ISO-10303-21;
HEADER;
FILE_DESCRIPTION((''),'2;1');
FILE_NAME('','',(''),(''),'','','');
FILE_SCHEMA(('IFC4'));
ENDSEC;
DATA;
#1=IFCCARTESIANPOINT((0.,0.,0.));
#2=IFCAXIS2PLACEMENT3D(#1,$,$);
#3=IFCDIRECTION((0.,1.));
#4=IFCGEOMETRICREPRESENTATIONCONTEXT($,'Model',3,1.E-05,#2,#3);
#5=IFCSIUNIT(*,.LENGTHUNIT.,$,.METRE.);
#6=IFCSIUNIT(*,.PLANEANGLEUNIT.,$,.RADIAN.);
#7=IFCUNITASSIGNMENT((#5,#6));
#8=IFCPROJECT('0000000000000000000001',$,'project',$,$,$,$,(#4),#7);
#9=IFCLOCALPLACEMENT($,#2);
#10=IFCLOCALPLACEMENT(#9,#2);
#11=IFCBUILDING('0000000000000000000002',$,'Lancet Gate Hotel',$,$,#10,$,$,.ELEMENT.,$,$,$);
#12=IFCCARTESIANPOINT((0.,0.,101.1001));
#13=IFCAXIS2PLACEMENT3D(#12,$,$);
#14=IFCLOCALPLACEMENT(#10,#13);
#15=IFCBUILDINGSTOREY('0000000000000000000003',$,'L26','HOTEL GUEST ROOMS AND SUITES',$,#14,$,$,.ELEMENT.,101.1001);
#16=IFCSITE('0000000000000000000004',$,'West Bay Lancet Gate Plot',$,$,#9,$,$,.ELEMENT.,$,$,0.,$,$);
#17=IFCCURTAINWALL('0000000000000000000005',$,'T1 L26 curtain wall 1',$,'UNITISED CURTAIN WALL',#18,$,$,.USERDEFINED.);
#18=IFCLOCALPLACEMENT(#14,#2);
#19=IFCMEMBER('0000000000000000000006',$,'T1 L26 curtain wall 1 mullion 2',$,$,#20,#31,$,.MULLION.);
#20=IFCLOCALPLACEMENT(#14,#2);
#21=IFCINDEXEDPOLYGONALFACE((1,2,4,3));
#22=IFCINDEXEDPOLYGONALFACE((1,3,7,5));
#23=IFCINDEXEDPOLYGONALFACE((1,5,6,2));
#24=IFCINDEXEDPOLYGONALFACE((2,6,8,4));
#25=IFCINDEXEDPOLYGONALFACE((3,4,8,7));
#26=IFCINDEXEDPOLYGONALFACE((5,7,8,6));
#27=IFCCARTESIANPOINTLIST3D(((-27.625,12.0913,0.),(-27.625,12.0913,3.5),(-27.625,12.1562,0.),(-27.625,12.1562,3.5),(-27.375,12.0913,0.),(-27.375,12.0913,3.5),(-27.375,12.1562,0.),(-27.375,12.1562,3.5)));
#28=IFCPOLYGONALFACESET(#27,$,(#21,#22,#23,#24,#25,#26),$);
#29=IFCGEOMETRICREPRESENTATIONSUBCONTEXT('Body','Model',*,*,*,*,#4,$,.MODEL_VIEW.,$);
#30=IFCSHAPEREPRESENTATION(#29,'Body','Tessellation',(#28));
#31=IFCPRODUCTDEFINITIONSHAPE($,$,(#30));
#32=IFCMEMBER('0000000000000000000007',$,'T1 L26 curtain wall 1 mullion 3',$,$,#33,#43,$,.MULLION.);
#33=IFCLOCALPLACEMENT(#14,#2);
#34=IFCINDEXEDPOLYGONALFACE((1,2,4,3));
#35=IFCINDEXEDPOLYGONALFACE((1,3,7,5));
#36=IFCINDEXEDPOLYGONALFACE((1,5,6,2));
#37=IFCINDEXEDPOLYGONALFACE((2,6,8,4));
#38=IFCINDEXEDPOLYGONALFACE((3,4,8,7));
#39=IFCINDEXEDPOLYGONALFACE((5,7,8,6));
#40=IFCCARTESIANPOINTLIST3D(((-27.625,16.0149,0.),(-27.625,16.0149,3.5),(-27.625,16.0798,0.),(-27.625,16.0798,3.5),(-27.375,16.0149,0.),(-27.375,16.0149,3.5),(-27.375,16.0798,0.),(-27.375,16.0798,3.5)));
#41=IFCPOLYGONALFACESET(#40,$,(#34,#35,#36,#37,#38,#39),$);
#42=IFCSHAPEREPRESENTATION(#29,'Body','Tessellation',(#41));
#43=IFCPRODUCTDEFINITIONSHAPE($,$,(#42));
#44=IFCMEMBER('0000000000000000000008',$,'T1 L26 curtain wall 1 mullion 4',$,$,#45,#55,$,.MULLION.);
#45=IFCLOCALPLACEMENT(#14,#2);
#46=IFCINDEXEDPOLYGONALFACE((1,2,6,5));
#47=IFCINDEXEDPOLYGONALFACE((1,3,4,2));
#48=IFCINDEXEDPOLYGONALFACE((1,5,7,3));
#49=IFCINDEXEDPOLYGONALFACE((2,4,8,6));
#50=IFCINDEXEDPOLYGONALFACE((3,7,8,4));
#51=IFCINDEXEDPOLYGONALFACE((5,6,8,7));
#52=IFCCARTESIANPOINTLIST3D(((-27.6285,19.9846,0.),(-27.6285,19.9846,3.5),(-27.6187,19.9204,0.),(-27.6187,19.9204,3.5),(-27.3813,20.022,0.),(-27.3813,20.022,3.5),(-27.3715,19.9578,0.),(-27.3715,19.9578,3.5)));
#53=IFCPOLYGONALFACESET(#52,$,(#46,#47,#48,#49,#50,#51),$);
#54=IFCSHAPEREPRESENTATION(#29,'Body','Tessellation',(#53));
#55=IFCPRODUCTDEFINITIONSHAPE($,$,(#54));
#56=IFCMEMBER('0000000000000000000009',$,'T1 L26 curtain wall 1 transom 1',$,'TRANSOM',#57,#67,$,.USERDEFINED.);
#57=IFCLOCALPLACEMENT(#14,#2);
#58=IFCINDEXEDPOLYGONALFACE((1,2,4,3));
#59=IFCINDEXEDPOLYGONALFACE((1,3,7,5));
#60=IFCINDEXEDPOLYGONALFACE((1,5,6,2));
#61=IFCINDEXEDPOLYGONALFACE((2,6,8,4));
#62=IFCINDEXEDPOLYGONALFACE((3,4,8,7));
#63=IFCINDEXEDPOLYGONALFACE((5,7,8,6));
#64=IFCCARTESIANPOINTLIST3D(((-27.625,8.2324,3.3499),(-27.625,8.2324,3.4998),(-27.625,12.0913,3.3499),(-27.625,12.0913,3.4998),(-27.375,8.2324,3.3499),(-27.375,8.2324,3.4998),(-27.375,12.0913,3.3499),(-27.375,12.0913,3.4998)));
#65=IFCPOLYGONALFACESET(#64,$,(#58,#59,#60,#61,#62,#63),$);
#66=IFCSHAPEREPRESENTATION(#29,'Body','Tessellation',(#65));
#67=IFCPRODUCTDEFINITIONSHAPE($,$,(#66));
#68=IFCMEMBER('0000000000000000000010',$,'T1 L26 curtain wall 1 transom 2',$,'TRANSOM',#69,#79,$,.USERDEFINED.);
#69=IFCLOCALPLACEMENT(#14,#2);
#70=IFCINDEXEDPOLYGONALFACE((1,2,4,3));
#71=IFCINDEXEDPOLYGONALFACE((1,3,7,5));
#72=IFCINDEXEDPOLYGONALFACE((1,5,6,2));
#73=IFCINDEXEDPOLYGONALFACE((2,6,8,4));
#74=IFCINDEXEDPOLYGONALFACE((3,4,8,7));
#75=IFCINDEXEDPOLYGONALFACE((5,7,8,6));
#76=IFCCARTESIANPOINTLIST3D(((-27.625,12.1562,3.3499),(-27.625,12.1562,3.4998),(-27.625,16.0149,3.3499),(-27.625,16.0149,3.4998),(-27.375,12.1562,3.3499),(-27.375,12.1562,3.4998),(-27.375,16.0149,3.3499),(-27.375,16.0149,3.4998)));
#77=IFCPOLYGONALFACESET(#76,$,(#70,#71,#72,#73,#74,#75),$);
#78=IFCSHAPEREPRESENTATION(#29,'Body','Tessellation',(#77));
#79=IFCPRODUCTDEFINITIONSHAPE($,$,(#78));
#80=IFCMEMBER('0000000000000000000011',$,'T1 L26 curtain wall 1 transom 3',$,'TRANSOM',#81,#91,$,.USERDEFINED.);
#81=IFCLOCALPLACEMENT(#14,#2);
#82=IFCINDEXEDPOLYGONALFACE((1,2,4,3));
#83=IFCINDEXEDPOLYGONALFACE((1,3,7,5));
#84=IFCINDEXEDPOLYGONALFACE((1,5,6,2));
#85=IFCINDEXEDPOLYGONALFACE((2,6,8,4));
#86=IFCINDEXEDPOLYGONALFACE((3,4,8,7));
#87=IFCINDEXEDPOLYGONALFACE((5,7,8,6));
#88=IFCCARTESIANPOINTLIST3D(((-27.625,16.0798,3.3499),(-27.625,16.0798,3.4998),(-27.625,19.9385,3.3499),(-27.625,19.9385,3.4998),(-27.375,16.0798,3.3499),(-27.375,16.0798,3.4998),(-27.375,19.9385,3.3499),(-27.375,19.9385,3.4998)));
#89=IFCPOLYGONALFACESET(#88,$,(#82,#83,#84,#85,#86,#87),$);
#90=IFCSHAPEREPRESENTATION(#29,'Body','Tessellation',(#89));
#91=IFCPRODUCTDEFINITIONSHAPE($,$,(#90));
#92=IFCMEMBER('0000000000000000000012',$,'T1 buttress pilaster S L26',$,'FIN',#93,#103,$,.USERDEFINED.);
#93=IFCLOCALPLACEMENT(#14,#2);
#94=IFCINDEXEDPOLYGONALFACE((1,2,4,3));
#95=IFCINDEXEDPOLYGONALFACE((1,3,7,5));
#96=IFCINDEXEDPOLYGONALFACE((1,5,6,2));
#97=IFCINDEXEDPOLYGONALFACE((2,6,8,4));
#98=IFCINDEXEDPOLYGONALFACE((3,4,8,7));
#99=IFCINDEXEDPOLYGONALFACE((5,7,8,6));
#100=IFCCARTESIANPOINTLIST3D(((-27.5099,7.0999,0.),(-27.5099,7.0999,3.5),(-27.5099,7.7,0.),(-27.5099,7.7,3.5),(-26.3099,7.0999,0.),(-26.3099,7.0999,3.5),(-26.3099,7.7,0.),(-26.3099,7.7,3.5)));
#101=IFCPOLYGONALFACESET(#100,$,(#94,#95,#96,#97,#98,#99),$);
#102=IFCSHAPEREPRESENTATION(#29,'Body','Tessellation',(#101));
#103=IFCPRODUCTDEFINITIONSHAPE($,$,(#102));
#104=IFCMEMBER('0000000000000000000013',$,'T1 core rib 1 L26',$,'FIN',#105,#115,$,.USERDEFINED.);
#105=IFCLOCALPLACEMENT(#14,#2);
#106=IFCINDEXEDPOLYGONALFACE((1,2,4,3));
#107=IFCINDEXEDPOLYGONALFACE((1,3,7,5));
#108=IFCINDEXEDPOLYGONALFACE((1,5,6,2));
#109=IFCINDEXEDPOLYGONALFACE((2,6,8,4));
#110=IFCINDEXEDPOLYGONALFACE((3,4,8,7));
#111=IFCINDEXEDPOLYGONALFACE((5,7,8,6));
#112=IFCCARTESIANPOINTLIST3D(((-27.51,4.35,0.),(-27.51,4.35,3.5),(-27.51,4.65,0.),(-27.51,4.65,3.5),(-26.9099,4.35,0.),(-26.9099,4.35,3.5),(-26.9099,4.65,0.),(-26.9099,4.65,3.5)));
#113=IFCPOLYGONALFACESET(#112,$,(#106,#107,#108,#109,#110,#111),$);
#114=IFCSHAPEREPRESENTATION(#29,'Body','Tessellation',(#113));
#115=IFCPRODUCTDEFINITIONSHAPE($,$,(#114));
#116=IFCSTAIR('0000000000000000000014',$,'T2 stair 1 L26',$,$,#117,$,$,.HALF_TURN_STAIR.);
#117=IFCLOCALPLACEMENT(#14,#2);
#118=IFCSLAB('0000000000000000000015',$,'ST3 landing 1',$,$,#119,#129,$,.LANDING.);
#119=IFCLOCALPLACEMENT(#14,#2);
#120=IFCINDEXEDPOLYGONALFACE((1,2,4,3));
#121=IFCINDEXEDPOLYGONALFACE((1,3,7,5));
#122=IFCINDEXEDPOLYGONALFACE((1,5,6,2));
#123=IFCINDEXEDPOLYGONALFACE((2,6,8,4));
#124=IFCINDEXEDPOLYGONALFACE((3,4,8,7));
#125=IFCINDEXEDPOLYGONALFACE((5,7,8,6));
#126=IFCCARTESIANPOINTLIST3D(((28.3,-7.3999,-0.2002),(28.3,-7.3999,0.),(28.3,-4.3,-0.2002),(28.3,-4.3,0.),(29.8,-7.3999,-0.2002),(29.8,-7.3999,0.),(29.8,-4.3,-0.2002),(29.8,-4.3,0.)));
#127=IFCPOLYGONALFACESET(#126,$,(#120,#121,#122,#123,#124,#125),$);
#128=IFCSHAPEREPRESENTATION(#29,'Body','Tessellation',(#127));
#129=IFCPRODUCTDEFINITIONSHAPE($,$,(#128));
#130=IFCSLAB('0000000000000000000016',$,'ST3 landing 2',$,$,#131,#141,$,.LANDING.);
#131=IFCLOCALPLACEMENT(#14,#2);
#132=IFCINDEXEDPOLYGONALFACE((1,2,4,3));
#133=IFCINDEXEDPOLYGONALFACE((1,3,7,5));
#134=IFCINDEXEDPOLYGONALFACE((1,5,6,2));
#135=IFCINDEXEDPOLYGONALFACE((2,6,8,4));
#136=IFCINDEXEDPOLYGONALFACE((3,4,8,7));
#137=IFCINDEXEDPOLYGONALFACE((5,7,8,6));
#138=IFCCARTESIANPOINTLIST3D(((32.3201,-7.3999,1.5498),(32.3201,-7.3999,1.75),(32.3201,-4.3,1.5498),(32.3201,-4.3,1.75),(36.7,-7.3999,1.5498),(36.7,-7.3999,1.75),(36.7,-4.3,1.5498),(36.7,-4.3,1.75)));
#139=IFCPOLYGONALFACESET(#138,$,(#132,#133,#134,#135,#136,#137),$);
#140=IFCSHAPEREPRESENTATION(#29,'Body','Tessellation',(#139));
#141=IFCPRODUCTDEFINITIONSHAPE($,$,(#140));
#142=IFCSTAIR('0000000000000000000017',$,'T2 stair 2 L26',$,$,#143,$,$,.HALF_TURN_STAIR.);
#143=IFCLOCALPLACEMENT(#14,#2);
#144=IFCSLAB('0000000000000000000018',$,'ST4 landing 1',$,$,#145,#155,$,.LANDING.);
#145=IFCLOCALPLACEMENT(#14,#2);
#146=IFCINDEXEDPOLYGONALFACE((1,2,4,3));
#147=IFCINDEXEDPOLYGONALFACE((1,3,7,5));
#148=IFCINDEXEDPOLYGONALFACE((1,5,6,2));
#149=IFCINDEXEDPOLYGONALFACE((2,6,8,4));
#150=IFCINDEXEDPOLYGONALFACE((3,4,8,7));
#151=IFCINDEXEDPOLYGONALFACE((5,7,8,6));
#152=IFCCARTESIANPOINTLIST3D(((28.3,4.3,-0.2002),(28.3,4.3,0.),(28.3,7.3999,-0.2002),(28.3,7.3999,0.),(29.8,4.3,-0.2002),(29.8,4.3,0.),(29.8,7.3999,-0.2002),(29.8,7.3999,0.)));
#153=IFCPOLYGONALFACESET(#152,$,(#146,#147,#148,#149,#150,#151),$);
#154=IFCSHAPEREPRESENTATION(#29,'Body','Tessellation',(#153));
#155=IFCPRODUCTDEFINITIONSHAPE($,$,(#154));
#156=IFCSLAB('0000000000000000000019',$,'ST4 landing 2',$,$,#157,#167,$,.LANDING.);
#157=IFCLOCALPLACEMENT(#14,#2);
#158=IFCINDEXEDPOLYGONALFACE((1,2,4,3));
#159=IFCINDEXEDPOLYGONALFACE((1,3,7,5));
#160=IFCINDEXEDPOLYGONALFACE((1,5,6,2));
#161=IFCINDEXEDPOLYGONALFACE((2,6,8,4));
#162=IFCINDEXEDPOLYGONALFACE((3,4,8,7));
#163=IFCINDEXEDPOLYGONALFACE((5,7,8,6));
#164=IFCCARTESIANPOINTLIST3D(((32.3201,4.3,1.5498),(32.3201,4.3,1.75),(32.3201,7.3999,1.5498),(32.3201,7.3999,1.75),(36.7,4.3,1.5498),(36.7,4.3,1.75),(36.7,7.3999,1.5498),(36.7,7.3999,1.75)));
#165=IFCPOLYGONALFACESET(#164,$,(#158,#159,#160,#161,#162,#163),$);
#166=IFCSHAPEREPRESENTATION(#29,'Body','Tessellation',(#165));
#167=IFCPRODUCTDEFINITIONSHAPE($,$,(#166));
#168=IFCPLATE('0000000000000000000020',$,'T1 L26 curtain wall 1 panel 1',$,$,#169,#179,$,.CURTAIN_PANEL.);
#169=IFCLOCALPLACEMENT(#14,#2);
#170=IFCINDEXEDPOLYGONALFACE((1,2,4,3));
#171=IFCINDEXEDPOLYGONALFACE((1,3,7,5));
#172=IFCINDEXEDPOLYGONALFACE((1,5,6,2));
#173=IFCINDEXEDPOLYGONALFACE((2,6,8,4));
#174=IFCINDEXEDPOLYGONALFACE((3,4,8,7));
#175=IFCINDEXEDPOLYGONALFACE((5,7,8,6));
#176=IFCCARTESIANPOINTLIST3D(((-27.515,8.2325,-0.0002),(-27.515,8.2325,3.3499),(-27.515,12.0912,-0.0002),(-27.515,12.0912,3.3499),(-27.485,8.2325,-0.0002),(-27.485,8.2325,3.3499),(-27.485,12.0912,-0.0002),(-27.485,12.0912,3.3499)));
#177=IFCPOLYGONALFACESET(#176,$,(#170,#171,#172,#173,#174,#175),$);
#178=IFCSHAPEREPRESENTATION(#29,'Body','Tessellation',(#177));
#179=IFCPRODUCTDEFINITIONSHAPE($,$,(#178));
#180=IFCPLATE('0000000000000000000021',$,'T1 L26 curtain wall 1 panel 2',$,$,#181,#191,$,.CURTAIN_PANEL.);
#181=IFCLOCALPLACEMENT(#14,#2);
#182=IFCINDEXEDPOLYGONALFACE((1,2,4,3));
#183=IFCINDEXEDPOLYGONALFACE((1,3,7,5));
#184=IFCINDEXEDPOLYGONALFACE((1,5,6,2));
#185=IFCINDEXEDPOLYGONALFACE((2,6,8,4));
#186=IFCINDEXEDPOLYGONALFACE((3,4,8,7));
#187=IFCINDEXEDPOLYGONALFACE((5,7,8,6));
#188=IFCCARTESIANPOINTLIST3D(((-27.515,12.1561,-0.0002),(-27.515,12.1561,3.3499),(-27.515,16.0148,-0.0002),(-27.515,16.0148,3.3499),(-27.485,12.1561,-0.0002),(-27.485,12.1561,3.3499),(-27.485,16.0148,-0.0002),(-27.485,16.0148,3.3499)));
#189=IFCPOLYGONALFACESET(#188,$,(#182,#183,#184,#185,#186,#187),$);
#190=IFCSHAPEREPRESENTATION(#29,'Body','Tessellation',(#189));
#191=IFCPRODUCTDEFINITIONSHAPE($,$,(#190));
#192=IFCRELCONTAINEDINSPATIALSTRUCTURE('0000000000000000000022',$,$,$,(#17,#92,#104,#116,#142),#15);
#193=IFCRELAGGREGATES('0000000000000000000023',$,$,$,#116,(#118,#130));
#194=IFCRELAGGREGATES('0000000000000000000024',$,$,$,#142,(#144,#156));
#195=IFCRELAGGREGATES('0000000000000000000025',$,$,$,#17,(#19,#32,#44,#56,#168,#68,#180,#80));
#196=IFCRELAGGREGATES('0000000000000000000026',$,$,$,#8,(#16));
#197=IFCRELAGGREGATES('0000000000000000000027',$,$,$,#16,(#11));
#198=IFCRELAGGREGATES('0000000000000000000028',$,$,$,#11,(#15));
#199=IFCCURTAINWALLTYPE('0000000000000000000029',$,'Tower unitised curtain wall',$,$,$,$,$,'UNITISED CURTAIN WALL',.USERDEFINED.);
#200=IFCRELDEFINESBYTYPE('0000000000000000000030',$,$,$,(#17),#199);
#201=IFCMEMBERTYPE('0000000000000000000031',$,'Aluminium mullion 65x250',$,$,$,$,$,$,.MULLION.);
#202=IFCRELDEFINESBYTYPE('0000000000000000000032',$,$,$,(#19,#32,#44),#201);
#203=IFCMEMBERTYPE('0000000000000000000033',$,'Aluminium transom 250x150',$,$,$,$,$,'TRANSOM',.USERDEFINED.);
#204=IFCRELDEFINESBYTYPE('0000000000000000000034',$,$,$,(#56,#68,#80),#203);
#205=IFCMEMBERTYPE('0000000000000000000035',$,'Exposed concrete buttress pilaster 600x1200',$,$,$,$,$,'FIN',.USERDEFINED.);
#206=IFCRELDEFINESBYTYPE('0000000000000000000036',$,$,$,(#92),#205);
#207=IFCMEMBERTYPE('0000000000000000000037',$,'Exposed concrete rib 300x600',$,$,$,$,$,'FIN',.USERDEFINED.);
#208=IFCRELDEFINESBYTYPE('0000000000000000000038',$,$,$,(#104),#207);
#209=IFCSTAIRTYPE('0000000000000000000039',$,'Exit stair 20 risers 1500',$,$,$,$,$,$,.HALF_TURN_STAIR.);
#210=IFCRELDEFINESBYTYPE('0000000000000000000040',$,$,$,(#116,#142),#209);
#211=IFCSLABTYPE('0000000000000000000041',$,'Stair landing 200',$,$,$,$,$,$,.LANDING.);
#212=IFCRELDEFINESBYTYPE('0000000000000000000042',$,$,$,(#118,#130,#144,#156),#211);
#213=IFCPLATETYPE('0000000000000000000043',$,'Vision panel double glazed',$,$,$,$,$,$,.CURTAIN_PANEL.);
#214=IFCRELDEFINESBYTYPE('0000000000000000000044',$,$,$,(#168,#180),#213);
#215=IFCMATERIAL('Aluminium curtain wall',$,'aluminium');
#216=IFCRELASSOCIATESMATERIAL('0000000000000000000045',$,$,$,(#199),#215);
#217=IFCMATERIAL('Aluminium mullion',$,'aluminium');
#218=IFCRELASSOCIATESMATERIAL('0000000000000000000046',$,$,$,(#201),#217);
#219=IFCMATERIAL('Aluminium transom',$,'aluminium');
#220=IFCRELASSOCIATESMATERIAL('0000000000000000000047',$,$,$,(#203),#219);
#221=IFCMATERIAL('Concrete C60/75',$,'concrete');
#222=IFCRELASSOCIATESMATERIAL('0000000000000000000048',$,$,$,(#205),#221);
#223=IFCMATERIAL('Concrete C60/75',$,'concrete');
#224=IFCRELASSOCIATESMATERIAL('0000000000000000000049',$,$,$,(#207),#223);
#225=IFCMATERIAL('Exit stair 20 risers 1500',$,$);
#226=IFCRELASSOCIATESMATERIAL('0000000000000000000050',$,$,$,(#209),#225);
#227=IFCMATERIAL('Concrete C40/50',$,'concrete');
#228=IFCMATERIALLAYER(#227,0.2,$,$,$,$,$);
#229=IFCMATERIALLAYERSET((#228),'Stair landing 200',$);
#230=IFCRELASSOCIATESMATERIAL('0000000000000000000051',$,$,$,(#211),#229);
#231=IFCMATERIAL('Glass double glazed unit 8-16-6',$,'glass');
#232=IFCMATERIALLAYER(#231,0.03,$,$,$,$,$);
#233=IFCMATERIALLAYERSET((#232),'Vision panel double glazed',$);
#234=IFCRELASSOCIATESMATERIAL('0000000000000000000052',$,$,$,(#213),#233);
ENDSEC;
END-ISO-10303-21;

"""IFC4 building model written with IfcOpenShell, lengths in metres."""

from ifc_helpers import new_model, si_unit, direction, frame, origin, origin_2d, place, context, subcontext, project, spatial, polyline, rectangle, outline, extrude, material, layer, layer_set, material_profile, profile_set, type_object, element, aggregate, save


model = new_model("IFC4")

# Units and contexts
model_context = context("Model", 3, precision=1e-05, world=origin(), true_north=direction((0.0, 1.0)))
body_context = subcontext(model_context, "Body", "Model", "MODEL_VIEW")
ifc_project = project(units=[si_unit("LENGTHUNIT", "METRE"), si_unit("PLANEANGLEUNIT", "RADIAN")], contexts=[model_context])

# Site, building, storey
site_placement = place(None, origin())
site = spatial("IfcSite", under=ifc_project, at=site_placement, Name="West Bay Lancet Gate Plot", CompositionType="ELEMENT", RefElevation=0.0)
building_placement = place(site_placement, origin())
building = spatial("IfcBuilding", under=site, at=building_placement, Name="Lancet Gate Hotel", CompositionType="ELEMENT")
storey_placement = place(building_placement, frame((0.0, 0.0, 101.1001)))
storey = spatial("IfcBuildingStorey", under=building, at=storey_placement, Name="L26", Description="HOTEL GUEST ROOMS AND SUITES", CompositionType="ELEMENT", Elevation=101.1001)

# Curtain wall, members
ifc_material_1 = material(Name="Aluminium curtain wall", Category="aluminium")
curtain_wall_type = type_object("IfcCurtainWallType", Name="Tower unitised curtain wall", ElementType="UNITISED CURTAIN WALL", PredefinedType="USERDEFINED", material=ifc_material_1)
curtain_wall_placement = place(storey_placement, origin())
curtain_wall = element("IfcCurtainWall", 1, at=curtain_wall_placement, inside=storey, type_object=curtain_wall_type, Name="T1 L26 curtain wall 1", ObjectType="UNITISED CURTAIN WALL", PredefinedType="USERDEFINED")
ifc_material_2 = material(Name="Aluminium mullion", Category="aluminium")
ifc_material_profile_1 = material_profile(ifc_material_2, rectangle(XDim=0.0649, YDim=0.25, at=origin_2d()), Name="MULLION 65x250")
ifc_profile_set_1 = profile_set([ifc_material_profile_1], Name="Aluminium mullion")
member_type_1 = type_object("IfcMemberType", Name="Aluminium mullion 65x250", PredefinedType="MULLION", material=ifc_profile_set_1)
member_1_placement = place(storey_placement, frame((-27.5, 12.1238, 0.0), z_axis=(0.0, 0.0, 1.0), x_axis=(0.0, 1.0, 0.0)))
member_1 = element("IfcMember", 2, at=member_1_placement, type_object=member_type_1, Name="T1 L26 curtain wall 1 mullion 2", PredefinedType="MULLION", context=body_context, shape_type="SweptSolid", body=[
    extrude(rectangle(XDim=0.0649, YDim=0.25, at=origin_2d()), origin(), (0.0, 0.0, 1.0), 3.5),
])
member_2_placement = place(storey_placement, frame((-27.5, 16.0474, 0.0), z_axis=(0.0, 0.0, 1.0), x_axis=(0.0, 1.0, 0.0)))
member_2 = element("IfcMember", 3, at=member_2_placement, type_object=member_type_1, Name="T1 L26 curtain wall 1 mullion 3", PredefinedType="MULLION", context=body_context, shape_type="SweptSolid", body=[
    extrude(rectangle(XDim=0.0649, YDim=0.25, at=origin_2d()), origin(), (0.0, 0.0, 1.0), 3.5),
])
member_3_placement = place(storey_placement, frame((-27.5, 19.9712, 0.0), z_axis=(0.0, 0.0, 1.0), x_axis=(-0.149634, 0.988741, 0.0)))
member_3 = element("IfcMember", 4, at=member_3_placement, type_object=member_type_1, Name="T1 L26 curtain wall 1 mullion 4", PredefinedType="MULLION", context=body_context, shape_type="SweptSolid", body=[
    extrude(rectangle(XDim=0.0649, YDim=0.25, at=origin_2d()), origin(), (0.0, 0.0, 1.0), 3.5),
])
ifc_material_3 = material(Name="Aluminium transom", Category="aluminium")
ifc_material_profile_2 = material_profile(ifc_material_3, rectangle(XDim=0.25, YDim=0.1499, at=origin_2d()), Name="TRANSOM 250x150")
ifc_profile_set_2 = profile_set([ifc_material_profile_2], Name="Aluminium transom")
member_type_2 = type_object("IfcMemberType", Name="Aluminium transom 250x150", ElementType="TRANSOM", PredefinedType="USERDEFINED", material=ifc_profile_set_2)
member_4_placement = place(storey_placement, frame((-27.5, 8.2324, 3.4248), z_axis=(0.0, 1.0, 0.0), x_axis=(-1.0, 0.0, 0.0)))
member_4 = element("IfcMember", 5, at=member_4_placement, type_object=member_type_2, Name="T1 L26 curtain wall 1 transom 1", ObjectType="TRANSOM", PredefinedType="USERDEFINED", context=body_context, shape_type="SweptSolid", body=[
    extrude(rectangle(XDim=0.25, YDim=0.1499, at=origin_2d()), origin(), (0.0, 0.0, 1.0), 3.8589),
])
member_5_placement = place(storey_placement, frame((-27.5, 12.1562, 3.4248), z_axis=(0.0, 1.0, 0.0), x_axis=(-1.0, 0.0, 0.0)))
member_5 = element("IfcMember", 6, at=member_5_placement, type_object=member_type_2, Name="T1 L26 curtain wall 1 transom 2", ObjectType="TRANSOM", PredefinedType="USERDEFINED", context=body_context, shape_type="SweptSolid", body=[
    extrude(rectangle(XDim=0.25, YDim=0.1499, at=origin_2d()), origin(), (0.0, 0.0, 1.0), 3.8586),
])
member_6_placement = place(storey_placement, frame((-27.5, 16.0798, 3.4248), z_axis=(0.0, 1.0, 0.0), x_axis=(-1.0, 0.0, 0.0)))
member_6 = element("IfcMember", 7, at=member_6_placement, type_object=member_type_2, Name="T1 L26 curtain wall 1 transom 3", ObjectType="TRANSOM", PredefinedType="USERDEFINED", context=body_context, shape_type="SweptSolid", body=[
    extrude(rectangle(XDim=0.25, YDim=0.1499, at=origin_2d()), origin(), (0.0, 0.0, 1.0), 3.8586),
])

# Members
ifc_material_4 = material(Name="Concrete C60/75", Category="concrete")
ifc_material_profile_3 = material_profile(ifc_material_4, rectangle(XDim=0.6001, YDim=1.2, at=origin_2d()), Name="FIN 600x1200")
ifc_profile_set_3 = profile_set([ifc_material_profile_3], Name="Concrete C60/75")
member_type_3 = type_object("IfcMemberType", Name="Exposed concrete buttress pilaster 600x1200", ElementType="FIN", PredefinedType="USERDEFINED", material=ifc_profile_set_3)
member_7_placement = place(storey_placement, frame((-26.9099, 7.3999, 0.0), z_axis=(0.0, 0.0, 1.0), x_axis=(0.0, 1.0, 0.0)))
element("IfcMember", 8, at=member_7_placement, inside=storey, type_object=member_type_3, Name="T1 buttress pilaster S L26", ObjectType="FIN", PredefinedType="USERDEFINED", context=body_context, shape_type="SweptSolid", body=[
    extrude(rectangle(XDim=0.6001, YDim=1.2, at=origin_2d()), origin(), (0.0, 0.0, 1.0), 3.5),
])
ifc_material_5 = material(Name="Concrete C60/75", Category="concrete")
ifc_material_profile_4 = material_profile(ifc_material_5, rectangle(XDim=0.3, YDim=0.6001, at=origin_2d()), Name="FIN 300x600")
ifc_profile_set_4 = profile_set([ifc_material_profile_4], Name="Concrete C60/75")
member_type_4 = type_object("IfcMemberType", Name="Exposed concrete rib 300x600", ElementType="FIN", PredefinedType="USERDEFINED", material=ifc_profile_set_4)
member_8_placement = place(storey_placement, frame((-27.21, 4.5, 0.0), z_axis=(0.0, 0.0, 1.0), x_axis=(0.0, 1.0, 0.0)))
element("IfcMember", 9, at=member_8_placement, inside=storey, type_object=member_type_4, Name="T1 core rib 1 L26", ObjectType="FIN", PredefinedType="USERDEFINED", context=body_context, shape_type="SweptSolid", body=[
    extrude(rectangle(XDim=0.3, YDim=0.6001, at=origin_2d()), origin(), (0.0, 0.0, 1.0), 3.5),
])

# Stairs, slabs
ifc_material_6 = material(Name="Exit stair 20 risers 1500")
stair_type = type_object("IfcStairType", Name="Exit stair 20 risers 1500", PredefinedType="HALF_TURN_STAIR", material=ifc_material_6)
stair_1_placement = place(storey_placement, origin())
stair_1 = element("IfcStair", 10, at=stair_1_placement, inside=storey, type_object=stair_type, Name="T2 stair 1 L26", PredefinedType="HALF_TURN_STAIR")
ifc_material_7 = material(Name="Concrete C40/50", Category="concrete")
ifc_layer_1 = layer(ifc_material_7, 0.2)
ifc_layer_set_1 = layer_set([ifc_layer_1], Name="Stair landing 200")
slab_type = type_object("IfcSlabType", Name="Stair landing 200", PredefinedType="LANDING", material=ifc_layer_set_1)
slab_1_placement = place(storey_placement, frame((0.0, 0.0, -0.2002)))
slab_1 = element("IfcSlab", 11, at=slab_1_placement, type_object=slab_type, Name="ST3 landing 1", PredefinedType="LANDING", context=body_context, shape_type="SweptSolid", body=[
    extrude(outline(polyline([(28.3, -7.3999), (29.8, -7.3999), (29.8, -4.3), (28.3, -4.3), (28.3, -7.3999)])), origin(), (0.0, 0.0, 1.0), 0.2002),
])
slab_2_placement = place(storey_placement, frame((0.0, 0.0, 1.5498)))
slab_2 = element("IfcSlab", 12, at=slab_2_placement, type_object=slab_type, Name="ST3 landing 2", PredefinedType="LANDING", context=body_context, shape_type="SweptSolid", body=[
    extrude(outline(polyline([(32.3201, -7.3999), (36.7, -7.3999), (36.7, -4.3), (32.3201, -4.3), (32.3201, -7.3999)])), origin(), (0.0, 0.0, 1.0), 0.2002),
])
aggregate(stair_1, [slab_1, slab_2])
stair_2_placement = place(storey_placement, origin())
stair_2 = element("IfcStair", 13, at=stair_2_placement, inside=storey, type_object=stair_type, Name="T2 stair 2 L26", PredefinedType="HALF_TURN_STAIR")
slab_3_placement = place(storey_placement, frame((0.0, 0.0, -0.2002)))
slab_3 = element("IfcSlab", 14, at=slab_3_placement, type_object=slab_type, Name="ST4 landing 1", PredefinedType="LANDING", context=body_context, shape_type="SweptSolid", body=[
    extrude(outline(polyline([(28.3, 4.3), (29.8, 4.3), (29.8, 7.3999), (28.3, 7.3999), (28.3, 4.3)])), origin(), (0.0, 0.0, 1.0), 0.2002),
])
slab_4_placement = place(storey_placement, frame((0.0, 0.0, 1.5498)))
slab_4 = element("IfcSlab", 15, at=slab_4_placement, type_object=slab_type, Name="ST4 landing 2", PredefinedType="LANDING", context=body_context, shape_type="SweptSolid", body=[
    extrude(outline(polyline([(32.3201, 4.3), (36.7, 4.3), (36.7, 7.3999), (32.3201, 7.3999), (32.3201, 4.3)])), origin(), (0.0, 0.0, 1.0), 0.2002),
])
aggregate(stair_2, [slab_3, slab_4])

# Plates
ifc_material_8 = material(Name="Glass double glazed unit 8-16-6", Category="glass")
ifc_layer_2 = layer(ifc_material_8, 0.03)
ifc_layer_set_2 = layer_set([ifc_layer_2], Name="Vision panel double glazed")
plate_type = type_object("IfcPlateType", Name="Vision panel double glazed", PredefinedType="CURTAIN_PANEL", material=ifc_layer_set_2)
plate_1_placement = place(storey_placement, frame((-27.5, 10.1619, -0.0002), z_axis=(0.0, 0.0, 1.0), x_axis=(0.0, 1.0, 0.0)))
plate_1 = element("IfcPlate", 16, at=plate_1_placement, type_object=plate_type, Name="T1 L26 curtain wall 1 panel 1", PredefinedType="CURTAIN_PANEL", context=body_context, shape_type="SweptSolid", body=[
    extrude(rectangle(XDim=3.8586, YDim=0.03, at=origin_2d()), origin(), (0.0, 0.0, 1.0), 3.3501),
])
plate_2_placement = place(storey_placement, frame((-27.5, 14.0854, -0.0002), z_axis=(0.0, 0.0, 1.0), x_axis=(0.0, 1.0, 0.0)))
plate_2 = element("IfcPlate", 17, at=plate_2_placement, type_object=plate_type, Name="T1 L26 curtain wall 1 panel 2", PredefinedType="CURTAIN_PANEL", context=body_context, shape_type="SweptSolid", body=[
    extrude(rectangle(XDim=3.8586, YDim=0.03, at=origin_2d()), origin(), (0.0, 0.0, 1.0), 3.3501),
])
aggregate(curtain_wall, [member_1, member_2, member_3, member_4, plate_1, member_5, plate_2, member_6])

save(model, "model.ifc")
